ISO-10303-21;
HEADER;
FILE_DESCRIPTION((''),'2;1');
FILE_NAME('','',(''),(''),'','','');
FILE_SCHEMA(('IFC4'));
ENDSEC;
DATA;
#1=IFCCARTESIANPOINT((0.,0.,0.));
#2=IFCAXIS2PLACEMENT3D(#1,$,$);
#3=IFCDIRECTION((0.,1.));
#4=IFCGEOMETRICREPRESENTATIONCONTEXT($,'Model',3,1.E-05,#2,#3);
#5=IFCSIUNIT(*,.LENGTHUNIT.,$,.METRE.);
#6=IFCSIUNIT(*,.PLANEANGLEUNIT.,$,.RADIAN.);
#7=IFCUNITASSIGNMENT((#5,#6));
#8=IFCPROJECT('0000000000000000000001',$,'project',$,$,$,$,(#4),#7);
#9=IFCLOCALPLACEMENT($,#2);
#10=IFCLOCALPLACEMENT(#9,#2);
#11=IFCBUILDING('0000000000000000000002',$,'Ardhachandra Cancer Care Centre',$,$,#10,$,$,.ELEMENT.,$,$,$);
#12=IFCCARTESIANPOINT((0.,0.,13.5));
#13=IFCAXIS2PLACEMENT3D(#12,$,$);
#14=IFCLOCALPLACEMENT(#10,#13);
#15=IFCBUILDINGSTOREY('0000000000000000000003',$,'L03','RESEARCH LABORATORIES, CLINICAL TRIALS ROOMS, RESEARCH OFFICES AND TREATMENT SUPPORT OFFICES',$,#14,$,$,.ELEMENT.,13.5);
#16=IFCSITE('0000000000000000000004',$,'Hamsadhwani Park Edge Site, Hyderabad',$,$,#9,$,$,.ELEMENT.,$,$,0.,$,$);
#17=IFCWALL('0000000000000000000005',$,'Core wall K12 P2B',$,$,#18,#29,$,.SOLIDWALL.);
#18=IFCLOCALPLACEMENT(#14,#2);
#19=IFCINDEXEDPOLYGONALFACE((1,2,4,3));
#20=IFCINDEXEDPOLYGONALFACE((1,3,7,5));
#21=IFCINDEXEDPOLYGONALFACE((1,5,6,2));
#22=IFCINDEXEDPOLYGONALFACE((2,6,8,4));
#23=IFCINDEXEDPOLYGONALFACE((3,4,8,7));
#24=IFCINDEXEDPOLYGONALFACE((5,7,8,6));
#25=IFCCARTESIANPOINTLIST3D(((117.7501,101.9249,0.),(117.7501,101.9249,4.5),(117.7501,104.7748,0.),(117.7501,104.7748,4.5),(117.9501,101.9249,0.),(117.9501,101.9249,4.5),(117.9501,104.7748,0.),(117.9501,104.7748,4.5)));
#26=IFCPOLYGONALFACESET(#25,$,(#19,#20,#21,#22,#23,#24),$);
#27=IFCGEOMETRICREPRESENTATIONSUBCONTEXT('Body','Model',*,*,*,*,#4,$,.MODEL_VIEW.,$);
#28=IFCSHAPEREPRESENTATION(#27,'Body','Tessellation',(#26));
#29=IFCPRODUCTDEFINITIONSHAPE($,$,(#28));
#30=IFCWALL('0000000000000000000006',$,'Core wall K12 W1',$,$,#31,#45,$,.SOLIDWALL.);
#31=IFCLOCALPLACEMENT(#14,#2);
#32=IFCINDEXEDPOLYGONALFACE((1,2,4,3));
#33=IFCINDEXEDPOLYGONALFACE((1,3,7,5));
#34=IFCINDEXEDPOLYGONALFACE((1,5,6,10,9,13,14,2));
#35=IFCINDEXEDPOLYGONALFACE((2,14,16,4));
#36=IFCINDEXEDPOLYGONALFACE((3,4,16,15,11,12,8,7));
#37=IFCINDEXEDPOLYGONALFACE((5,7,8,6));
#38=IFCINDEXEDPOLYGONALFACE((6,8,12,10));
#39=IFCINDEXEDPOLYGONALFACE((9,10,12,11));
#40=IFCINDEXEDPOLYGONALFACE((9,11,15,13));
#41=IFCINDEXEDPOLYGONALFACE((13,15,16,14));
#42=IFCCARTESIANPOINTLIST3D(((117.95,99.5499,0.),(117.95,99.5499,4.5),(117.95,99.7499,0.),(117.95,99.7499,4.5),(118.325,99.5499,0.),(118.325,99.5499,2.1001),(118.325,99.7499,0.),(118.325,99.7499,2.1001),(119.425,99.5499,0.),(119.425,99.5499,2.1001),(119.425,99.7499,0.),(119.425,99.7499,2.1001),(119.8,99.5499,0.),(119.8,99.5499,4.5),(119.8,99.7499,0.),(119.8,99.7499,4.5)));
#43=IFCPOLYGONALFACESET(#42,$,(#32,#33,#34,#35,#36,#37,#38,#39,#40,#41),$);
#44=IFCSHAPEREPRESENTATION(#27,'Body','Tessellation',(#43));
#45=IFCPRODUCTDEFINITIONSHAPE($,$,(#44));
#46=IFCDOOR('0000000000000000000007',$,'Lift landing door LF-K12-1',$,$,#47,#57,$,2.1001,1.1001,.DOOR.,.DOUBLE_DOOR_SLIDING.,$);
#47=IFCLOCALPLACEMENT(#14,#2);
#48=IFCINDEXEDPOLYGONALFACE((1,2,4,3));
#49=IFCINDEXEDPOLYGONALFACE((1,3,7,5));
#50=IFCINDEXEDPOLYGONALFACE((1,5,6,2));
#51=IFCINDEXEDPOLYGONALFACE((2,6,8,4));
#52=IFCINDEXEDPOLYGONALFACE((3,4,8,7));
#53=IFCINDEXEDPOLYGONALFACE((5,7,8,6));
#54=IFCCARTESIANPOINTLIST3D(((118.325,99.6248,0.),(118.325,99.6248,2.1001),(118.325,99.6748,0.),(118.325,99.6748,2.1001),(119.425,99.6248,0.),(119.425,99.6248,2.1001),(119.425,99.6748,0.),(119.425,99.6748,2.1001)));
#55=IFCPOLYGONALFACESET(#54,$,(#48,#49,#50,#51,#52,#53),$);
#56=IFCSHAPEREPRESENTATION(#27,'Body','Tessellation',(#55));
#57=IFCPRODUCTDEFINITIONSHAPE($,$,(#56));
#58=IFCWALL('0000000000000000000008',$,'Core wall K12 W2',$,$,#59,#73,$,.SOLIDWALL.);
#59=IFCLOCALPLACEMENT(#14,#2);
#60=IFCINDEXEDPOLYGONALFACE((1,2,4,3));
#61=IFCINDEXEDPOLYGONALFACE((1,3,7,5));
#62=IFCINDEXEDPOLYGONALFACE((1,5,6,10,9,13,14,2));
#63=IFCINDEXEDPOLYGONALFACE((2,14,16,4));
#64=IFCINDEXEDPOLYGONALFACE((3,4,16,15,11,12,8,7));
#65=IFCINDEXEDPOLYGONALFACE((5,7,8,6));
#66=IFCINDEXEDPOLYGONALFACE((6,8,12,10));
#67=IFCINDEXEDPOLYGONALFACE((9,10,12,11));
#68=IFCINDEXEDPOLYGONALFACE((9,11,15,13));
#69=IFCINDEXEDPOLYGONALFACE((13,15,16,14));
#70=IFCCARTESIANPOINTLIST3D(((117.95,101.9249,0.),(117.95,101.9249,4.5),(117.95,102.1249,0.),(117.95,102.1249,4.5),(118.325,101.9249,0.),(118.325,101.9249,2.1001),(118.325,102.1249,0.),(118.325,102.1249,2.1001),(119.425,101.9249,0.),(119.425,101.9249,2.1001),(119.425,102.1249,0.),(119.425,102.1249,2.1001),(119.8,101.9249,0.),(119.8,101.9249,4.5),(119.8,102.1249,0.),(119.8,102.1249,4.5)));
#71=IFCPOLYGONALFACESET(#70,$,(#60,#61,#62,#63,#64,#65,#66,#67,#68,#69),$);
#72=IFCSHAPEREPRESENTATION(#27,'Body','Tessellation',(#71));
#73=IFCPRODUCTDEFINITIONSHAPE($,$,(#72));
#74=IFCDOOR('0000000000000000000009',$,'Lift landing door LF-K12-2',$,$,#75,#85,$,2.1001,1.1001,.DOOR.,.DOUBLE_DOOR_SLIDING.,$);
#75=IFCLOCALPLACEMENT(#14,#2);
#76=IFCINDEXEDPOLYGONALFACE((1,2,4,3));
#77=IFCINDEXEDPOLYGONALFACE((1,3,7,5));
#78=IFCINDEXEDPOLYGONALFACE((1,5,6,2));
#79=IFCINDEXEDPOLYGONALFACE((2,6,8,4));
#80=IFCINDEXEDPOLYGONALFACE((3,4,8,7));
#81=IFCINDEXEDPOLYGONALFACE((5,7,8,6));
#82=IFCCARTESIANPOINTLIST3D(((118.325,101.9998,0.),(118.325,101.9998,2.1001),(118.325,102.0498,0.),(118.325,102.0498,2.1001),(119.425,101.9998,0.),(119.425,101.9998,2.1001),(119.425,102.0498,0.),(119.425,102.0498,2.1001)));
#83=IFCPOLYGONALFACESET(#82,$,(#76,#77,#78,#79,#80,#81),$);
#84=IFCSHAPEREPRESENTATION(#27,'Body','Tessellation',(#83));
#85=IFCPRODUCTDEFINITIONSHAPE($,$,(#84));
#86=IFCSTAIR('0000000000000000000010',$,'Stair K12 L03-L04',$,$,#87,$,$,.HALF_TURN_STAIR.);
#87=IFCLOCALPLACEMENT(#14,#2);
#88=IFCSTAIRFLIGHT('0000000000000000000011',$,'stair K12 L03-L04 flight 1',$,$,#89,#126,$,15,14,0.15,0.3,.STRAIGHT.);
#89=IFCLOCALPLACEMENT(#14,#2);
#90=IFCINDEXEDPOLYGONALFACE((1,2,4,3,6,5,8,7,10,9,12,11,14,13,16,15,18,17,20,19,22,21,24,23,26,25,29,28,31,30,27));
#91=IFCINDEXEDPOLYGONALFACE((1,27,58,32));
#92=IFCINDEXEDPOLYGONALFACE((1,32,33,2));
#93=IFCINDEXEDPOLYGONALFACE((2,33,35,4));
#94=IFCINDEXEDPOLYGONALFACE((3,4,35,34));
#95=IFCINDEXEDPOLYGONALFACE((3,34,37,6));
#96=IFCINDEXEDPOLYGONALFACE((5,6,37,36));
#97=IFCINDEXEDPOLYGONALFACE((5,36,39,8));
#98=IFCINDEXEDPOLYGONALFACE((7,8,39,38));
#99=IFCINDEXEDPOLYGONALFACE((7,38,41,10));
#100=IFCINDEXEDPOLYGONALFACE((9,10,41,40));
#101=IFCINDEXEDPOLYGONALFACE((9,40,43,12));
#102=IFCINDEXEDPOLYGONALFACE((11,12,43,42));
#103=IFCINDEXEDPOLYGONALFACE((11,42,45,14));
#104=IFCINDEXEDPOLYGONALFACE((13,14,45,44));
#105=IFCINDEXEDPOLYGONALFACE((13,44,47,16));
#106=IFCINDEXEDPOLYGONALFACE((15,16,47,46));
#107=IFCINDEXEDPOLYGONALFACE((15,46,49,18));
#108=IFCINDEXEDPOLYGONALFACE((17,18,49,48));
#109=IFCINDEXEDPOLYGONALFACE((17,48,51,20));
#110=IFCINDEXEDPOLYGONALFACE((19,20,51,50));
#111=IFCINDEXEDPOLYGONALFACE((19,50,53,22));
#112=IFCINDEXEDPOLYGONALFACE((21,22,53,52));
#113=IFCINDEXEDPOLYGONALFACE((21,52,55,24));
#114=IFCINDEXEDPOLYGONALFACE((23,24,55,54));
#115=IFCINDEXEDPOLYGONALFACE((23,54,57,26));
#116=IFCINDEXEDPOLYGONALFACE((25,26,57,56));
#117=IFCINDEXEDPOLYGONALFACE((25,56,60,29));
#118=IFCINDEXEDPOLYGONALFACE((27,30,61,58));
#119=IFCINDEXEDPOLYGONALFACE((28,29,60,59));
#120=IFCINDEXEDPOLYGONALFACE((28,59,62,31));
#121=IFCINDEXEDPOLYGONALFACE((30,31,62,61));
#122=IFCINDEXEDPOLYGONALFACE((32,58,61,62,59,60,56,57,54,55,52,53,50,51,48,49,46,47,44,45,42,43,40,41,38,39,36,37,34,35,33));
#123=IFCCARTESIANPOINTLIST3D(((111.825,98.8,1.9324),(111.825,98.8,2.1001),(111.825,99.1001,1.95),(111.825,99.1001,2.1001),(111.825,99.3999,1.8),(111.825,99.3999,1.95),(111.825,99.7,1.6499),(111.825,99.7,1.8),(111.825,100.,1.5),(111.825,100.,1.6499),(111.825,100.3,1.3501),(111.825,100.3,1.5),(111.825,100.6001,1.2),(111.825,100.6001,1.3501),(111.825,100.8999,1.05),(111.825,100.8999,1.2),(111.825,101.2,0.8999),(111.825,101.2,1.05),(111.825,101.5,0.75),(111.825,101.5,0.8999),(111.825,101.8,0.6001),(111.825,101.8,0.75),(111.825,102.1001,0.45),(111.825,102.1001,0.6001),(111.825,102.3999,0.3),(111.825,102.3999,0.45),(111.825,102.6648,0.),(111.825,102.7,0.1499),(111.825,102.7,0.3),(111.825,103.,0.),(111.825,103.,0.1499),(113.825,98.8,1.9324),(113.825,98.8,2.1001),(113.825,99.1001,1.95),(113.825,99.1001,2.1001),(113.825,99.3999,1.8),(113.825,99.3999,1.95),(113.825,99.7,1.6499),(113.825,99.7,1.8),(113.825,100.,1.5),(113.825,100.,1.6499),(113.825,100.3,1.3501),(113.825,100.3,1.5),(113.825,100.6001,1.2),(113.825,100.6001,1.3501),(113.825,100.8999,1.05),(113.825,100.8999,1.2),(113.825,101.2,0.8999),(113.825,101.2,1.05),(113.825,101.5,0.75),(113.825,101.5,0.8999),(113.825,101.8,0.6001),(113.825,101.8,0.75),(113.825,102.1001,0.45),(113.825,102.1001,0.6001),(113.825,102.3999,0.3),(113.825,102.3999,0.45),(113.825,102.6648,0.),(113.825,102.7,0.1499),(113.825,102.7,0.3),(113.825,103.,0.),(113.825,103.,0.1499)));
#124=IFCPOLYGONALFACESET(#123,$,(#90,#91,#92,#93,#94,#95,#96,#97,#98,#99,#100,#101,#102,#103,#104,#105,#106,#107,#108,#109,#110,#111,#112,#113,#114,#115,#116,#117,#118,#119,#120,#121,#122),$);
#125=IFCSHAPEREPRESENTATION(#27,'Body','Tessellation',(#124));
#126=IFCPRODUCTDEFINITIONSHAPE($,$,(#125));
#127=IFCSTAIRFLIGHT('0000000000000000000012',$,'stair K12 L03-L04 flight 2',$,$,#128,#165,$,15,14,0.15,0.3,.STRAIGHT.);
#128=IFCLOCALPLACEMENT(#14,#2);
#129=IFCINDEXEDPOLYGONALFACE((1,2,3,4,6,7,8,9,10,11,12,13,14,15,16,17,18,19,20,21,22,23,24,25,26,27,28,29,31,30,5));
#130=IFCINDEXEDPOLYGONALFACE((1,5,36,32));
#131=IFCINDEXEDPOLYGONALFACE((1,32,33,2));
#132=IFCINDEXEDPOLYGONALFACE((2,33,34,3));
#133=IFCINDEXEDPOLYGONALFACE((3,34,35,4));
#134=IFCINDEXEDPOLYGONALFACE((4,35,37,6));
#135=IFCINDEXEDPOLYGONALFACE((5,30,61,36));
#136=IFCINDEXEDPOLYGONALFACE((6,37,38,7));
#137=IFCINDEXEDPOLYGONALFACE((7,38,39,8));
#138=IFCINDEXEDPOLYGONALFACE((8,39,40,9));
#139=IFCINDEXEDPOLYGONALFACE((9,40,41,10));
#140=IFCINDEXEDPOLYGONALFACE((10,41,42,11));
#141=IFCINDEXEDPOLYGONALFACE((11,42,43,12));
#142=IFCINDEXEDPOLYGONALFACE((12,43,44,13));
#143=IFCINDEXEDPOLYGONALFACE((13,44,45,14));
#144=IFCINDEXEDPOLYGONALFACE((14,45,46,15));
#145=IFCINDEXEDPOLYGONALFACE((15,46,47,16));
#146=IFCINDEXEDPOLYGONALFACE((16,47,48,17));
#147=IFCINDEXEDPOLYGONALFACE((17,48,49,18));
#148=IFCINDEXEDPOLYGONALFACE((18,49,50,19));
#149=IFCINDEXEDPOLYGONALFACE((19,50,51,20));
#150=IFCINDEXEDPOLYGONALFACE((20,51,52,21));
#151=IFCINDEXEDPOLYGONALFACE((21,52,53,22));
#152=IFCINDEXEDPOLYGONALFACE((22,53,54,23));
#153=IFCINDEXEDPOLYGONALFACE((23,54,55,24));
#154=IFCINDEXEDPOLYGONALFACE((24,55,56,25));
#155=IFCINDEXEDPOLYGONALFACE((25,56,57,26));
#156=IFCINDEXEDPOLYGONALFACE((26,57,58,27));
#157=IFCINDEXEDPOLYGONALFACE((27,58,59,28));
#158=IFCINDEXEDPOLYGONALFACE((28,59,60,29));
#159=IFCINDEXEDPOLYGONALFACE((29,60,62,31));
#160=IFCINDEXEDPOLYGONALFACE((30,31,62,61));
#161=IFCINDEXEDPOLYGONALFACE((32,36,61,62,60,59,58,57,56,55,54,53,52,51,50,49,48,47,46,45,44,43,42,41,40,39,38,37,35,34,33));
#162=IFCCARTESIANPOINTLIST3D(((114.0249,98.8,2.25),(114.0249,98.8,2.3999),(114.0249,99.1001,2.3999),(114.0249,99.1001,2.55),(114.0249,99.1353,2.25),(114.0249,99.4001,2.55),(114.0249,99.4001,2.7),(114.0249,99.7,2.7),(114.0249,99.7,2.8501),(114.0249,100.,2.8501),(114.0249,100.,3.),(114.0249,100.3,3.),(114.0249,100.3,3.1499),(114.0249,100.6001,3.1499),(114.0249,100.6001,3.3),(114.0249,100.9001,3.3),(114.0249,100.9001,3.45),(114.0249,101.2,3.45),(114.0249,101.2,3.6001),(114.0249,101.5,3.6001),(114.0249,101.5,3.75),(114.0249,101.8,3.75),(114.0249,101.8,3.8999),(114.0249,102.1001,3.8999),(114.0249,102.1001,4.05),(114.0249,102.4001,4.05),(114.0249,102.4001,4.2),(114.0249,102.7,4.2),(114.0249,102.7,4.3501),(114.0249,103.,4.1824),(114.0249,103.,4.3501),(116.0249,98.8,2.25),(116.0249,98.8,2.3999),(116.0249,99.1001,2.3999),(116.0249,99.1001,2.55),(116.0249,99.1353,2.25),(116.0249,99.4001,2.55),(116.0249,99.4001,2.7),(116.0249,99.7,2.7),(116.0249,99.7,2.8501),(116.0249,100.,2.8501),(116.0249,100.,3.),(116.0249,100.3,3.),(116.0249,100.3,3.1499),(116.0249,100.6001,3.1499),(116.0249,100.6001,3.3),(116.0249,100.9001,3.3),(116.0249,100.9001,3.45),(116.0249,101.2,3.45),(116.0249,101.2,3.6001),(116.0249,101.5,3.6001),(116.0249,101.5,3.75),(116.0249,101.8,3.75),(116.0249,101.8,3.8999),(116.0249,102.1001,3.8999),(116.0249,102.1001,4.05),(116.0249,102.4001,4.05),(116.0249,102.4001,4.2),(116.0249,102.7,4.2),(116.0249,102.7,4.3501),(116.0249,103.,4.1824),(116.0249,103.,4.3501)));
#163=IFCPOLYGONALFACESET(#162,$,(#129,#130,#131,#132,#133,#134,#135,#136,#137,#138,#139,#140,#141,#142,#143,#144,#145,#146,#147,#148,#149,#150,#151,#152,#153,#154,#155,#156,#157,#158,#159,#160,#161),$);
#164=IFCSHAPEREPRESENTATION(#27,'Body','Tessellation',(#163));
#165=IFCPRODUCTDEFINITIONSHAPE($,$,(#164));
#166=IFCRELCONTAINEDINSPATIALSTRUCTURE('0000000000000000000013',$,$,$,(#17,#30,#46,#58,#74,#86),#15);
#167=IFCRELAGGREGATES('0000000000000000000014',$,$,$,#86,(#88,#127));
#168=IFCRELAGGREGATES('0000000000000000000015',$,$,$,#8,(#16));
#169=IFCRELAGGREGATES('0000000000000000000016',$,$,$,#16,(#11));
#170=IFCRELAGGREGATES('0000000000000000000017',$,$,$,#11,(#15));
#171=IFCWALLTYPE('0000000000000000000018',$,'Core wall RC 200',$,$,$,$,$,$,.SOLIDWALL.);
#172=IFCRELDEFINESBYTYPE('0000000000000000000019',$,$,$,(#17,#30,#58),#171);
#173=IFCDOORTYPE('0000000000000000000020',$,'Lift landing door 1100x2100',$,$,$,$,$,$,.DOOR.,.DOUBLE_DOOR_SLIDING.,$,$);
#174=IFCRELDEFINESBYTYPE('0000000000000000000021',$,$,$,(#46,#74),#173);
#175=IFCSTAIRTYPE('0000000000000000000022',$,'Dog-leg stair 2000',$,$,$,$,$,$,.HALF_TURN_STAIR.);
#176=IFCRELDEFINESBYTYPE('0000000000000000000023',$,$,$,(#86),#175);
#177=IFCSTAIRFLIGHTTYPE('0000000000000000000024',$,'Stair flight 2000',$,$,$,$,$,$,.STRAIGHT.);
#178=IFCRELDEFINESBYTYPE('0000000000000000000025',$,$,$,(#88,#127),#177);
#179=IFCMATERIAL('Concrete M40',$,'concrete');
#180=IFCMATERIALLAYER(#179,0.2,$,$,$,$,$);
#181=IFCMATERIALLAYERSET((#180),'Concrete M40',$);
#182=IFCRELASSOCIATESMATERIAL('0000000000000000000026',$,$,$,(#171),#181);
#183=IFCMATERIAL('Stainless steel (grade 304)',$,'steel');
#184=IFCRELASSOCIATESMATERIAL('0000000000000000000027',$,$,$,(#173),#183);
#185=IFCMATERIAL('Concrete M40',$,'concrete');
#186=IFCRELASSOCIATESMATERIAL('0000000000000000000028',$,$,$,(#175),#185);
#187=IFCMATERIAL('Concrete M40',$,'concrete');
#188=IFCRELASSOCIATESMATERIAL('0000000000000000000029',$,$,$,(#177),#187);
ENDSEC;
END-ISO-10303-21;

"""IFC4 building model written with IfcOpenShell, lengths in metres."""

from ifc_helpers import new_model, si_unit, direction, frame, frame_2d, origin, place, context, subcontext, project, spatial, polyline, rectangle, outline, extrude, material, layer, layer_set, type_object, element, fill, aggregate, save


model = new_model("IFC4")

# Units and contexts
model_context = context("Model", 3, precision=1e-05, world=origin(), true_north=direction((0.0, 1.0)))
body_context = subcontext(model_context, "Body", "Model", "MODEL_VIEW")
ifc_project = project(units=[si_unit("LENGTHUNIT", "METRE"), si_unit("PLANEANGLEUNIT", "RADIAN")], contexts=[model_context])

# Site, building, storey
site_placement = place(None, origin())
site = spatial("IfcSite", under=ifc_project, at=site_placement, Name="Hamsadhwani Park Edge Site, Hyderabad", CompositionType="ELEMENT", RefElevation=0.0)
building_placement = place(site_placement, origin())
building = spatial("IfcBuilding", under=site, at=building_placement, Name="Ardhachandra Cancer Care Centre", CompositionType="ELEMENT")
storey_placement = place(building_placement, frame((0.0, 0.0, 13.5)))
storey = spatial("IfcBuildingStorey", under=building, at=storey_placement, Name="L03", Description="RESEARCH LABORATORIES, CLINICAL TRIALS ROOMS, RESEARCH OFFICES AND TREATMENT SUPPORT OFFICES", CompositionType="ELEMENT", Elevation=13.5)

# Shared definitions
ifc_material_1 = material(Name="Concrete M40", Category="concrete")
ifc_layer_1 = layer(ifc_material_1, 0.2)
ifc_layer_set_1 = layer_set([ifc_layer_1], Name="Concrete M40")
wall_type_1 = type_object("IfcWallType", Name="Core wall RC 200", PredefinedType="SOLIDWALL", material=ifc_layer_set_1)

# Wall
wall_1_placement = place(storey_placement, frame((117.8501, 101.925, 0.0), z_axis=(0.0, 0.0, 1.0), x_axis=(0.0, 1.0, 0.0)))
element("IfcWall", 1, at=wall_1_placement, inside=storey, type_object=wall_type_1, Name="Core wall K12 P2B", PredefinedType="SOLIDWALL", context=body_context, shape_type="SweptSolid", body=[
    extrude(rectangle(XDim=2.8499, YDim=0.2, at=frame_2d((1.4248, 0.0))), origin(), (0.0, 0.0, 1.0), 4.5),
])

# Walls, openings, doors
wall_2_placement = place(storey_placement, frame((117.95, 99.6499, 0.0), z_axis=(0.0, 0.0, 1.0), x_axis=(1.0, 0.0, 0.0)))
wall_2 = element("IfcWall", 2, at=wall_2_placement, inside=storey, type_object=wall_type_1, Name="Core wall K12 W1", PredefinedType="SOLIDWALL", context=body_context, shape_type="SweptSolid", body=[
    extrude(rectangle(XDim=1.8501, YDim=0.2, at=frame_2d((0.925, 0.0))), origin(), (0.0, 0.0, 1.0), 4.5),
])
opening_1_placement = place(wall_2_placement, frame((0.375, 0.0, 0.0)))
opening_1 = element("IfcOpeningElement", 3, at=opening_1_placement, cuts=wall_2, PredefinedType="OPENING", context=body_context, shape_type="SweptSolid", body=[
    extrude(rectangle(XDim=1.1001, YDim=2.1001, at=frame_2d((0.55, 1.05))), frame((0.0, 0.1099, 0.0), z_axis=(0.0, -1.0, 0.0), x_axis=(1.0, 0.0, 0.0)), (0.0, 0.0, 1.0), 0.22),
])
ifc_material_2 = material(Name="Stainless steel (grade 304)", Category="steel")
door_type_1 = type_object("IfcDoorType", Name="Lift landing door 1100x2100", OperationType="DOUBLE_DOOR_SLIDING", PredefinedType="DOOR", material=ifc_material_2)
door_1_placement = place(opening_1_placement, origin())
door_1 = element("IfcDoor", 4, at=door_1_placement, inside=storey, type_object=door_type_1, Name="Lift landing door LF-K12-1", OperationType="DOUBLE_DOOR_SLIDING", OverallHeight=2.1001, OverallWidth=1.1001, PredefinedType="DOOR", context=body_context, shape_type="SweptSolid", body=[
    extrude(rectangle(XDim=1.1001, YDim=2.1001, at=frame_2d((0.55, 1.05))), frame((0.0, 0.0249, 0.0), z_axis=(0.0, -1.0, 0.0), x_axis=(1.0, 0.0, 0.0)), (0.0, 0.0, 1.0), 0.05),
])
fill(opening_1, door_1)
wall_3_placement = place(storey_placement, frame((117.95, 102.0249, 0.0), z_axis=(0.0, 0.0, 1.0), x_axis=(1.0, 0.0, 0.0)))
wall_3 = element("IfcWall", 5, at=wall_3_placement, inside=storey, type_object=wall_type_1, Name="Core wall K12 W2", PredefinedType="SOLIDWALL", context=body_context, shape_type="SweptSolid", body=[
    extrude(rectangle(XDim=1.8501, YDim=0.2, at=frame_2d((0.925, 0.0))), origin(), (0.0, 0.0, 1.0), 4.5),
])
opening_2_placement = place(wall_3_placement, frame((0.375, 0.0, 0.0)))
opening_2 = element("IfcOpeningElement", 6, at=opening_2_placement, cuts=wall_3, PredefinedType="OPENING", context=body_context, shape_type="SweptSolid", body=[
    extrude(rectangle(XDim=1.1001, YDim=2.1001, at=frame_2d((0.55, 1.05))), frame((0.0, 0.1099, 0.0), z_axis=(0.0, -1.0, 0.0), x_axis=(1.0, 0.0, 0.0)), (0.0, 0.0, 1.0), 0.22),
])
door_2_placement = place(opening_2_placement, origin())
door_2 = element("IfcDoor", 7, at=door_2_placement, inside=storey, type_object=door_type_1, Name="Lift landing door LF-K12-2", OperationType="DOUBLE_DOOR_SLIDING", OverallHeight=2.1001, OverallWidth=1.1001, PredefinedType="DOOR", context=body_context, shape_type="SweptSolid", body=[
    extrude(rectangle(XDim=1.1001, YDim=2.1001, at=frame_2d((0.55, 1.05))), frame((0.0, 0.0249, 0.0), z_axis=(0.0, -1.0, 0.0), x_axis=(1.0, 0.0, 0.0)), (0.0, 0.0, 1.0), 0.05),
])
fill(opening_2, door_2)

# Stair, stair flights
ifc_material_3 = material(Name="Concrete M40", Category="concrete")
stair_type = type_object("IfcStairType", Name="Dog-leg stair 2000", PredefinedType="HALF_TURN_STAIR", material=ifc_material_3)
stair_placement = place(storey_placement, origin())
stair = element("IfcStair", 8, at=stair_placement, inside=storey, type_object=stair_type, Name="Stair K12 L03-L04", PredefinedType="HALF_TURN_STAIR")
ifc_material_4 = material(Name="Concrete M40", Category="concrete")
stair_flight_type = type_object("IfcStairFlightType", Name="Stair flight 2000", PredefinedType="STRAIGHT", material=ifc_material_4)
stair_flight_1_placement = place(storey_placement, frame((112.825, 103.0, 0.0), z_axis=(0.0, 0.0, 1.0), x_axis=(0.0, -1.0, 0.0)))
stair_flight_1 = element("IfcStairFlight", 9, at=stair_flight_1_placement, type_object=stair_flight_type, Name="stair K12 L03-L04 flight 1", NumberOfRisers=15, NumberOfTreads=14, PredefinedType="STRAIGHT", RiserHeight=0.15, TreadLength=0.3, context=body_context, shape_type="SweptSolid", body=[
    extrude(outline(polyline([(0.0, 0.0), (0.0, 0.1499), (0.3, 0.1499), (0.3, 0.3), (0.6001, 0.3), (0.6001, 0.45), (0.8999, 0.45), (0.8999, 0.6001), (1.2, 0.6001), (1.2, 0.75), (1.5, 0.75), (1.5, 0.8999), (1.8, 0.8999), (1.8, 1.05), (2.1001, 1.05), (2.1001, 1.2), (2.3999, 1.2), (2.3999, 1.3501), (2.7, 1.3501), (2.7, 1.5), (3.0, 1.5), (3.0, 1.6499), (3.3, 1.6499), (3.3, 1.8), (3.6001, 1.8), (3.6001, 1.95), (3.8999, 1.95), (3.8999, 2.1001), (4.2, 2.1001), (4.2, 2.25), (4.2, 1.9324), (0.3352, 0.0), (0.0, 0.0)])), frame((0.0, 1.0, 0.0), z_axis=(0.0, -1.0, 0.0), x_axis=(1.0, 0.0, 0.0)), (0.0, 0.0, 1.0), 2.0),
])
stair_flight_2_placement = place(storey_placement, frame((115.0249, 98.8, 2.25), z_axis=(0.0, 0.0, 1.0), x_axis=(0.0, 1.0, 0.0)))
stair_flight_2 = element("IfcStairFlight", 10, at=stair_flight_2_placement, type_object=stair_flight_type, Name="stair K12 L03-L04 flight 2", NumberOfRisers=15, NumberOfTreads=14, PredefinedType="STRAIGHT", RiserHeight=0.15, TreadLength=0.3, context=body_context, shape_type="SweptSolid", body=[
    extrude(outline(polyline([(0.0, 0.0), (0.0, 0.1499), (0.3, 0.1499), (0.3, 0.3), (0.6001, 0.3), (0.6001, 0.45), (0.8999, 0.45), (0.8999, 0.6001), (1.2, 0.6001), (1.2, 0.75), (1.5, 0.75), (1.5, 0.8999), (1.8, 0.8999), (1.8, 1.05), (2.1001, 1.05), (2.1001, 1.2), (2.3999, 1.2), (2.3999, 1.3501), (2.7, 1.3501), (2.7, 1.5), (3.0, 1.5), (3.0, 1.6499), (3.3, 1.6499), (3.3, 1.8), (3.6001, 1.8), (3.6001, 1.95), (3.8999, 1.95), (3.8999, 2.1001), (4.2, 2.1001), (4.2, 2.25), (4.2, 1.9324), (0.3352, 0.0), (0.0, 0.0)])), frame((0.0, 1.0, 0.0), z_axis=(0.0, -1.0, 0.0), x_axis=(1.0, 0.0, 0.0)), (0.0, 0.0, 1.0), 2.0),
])
aggregate(stair, [stair_flight_1, stair_flight_2])

save(model, "model.ifc")
